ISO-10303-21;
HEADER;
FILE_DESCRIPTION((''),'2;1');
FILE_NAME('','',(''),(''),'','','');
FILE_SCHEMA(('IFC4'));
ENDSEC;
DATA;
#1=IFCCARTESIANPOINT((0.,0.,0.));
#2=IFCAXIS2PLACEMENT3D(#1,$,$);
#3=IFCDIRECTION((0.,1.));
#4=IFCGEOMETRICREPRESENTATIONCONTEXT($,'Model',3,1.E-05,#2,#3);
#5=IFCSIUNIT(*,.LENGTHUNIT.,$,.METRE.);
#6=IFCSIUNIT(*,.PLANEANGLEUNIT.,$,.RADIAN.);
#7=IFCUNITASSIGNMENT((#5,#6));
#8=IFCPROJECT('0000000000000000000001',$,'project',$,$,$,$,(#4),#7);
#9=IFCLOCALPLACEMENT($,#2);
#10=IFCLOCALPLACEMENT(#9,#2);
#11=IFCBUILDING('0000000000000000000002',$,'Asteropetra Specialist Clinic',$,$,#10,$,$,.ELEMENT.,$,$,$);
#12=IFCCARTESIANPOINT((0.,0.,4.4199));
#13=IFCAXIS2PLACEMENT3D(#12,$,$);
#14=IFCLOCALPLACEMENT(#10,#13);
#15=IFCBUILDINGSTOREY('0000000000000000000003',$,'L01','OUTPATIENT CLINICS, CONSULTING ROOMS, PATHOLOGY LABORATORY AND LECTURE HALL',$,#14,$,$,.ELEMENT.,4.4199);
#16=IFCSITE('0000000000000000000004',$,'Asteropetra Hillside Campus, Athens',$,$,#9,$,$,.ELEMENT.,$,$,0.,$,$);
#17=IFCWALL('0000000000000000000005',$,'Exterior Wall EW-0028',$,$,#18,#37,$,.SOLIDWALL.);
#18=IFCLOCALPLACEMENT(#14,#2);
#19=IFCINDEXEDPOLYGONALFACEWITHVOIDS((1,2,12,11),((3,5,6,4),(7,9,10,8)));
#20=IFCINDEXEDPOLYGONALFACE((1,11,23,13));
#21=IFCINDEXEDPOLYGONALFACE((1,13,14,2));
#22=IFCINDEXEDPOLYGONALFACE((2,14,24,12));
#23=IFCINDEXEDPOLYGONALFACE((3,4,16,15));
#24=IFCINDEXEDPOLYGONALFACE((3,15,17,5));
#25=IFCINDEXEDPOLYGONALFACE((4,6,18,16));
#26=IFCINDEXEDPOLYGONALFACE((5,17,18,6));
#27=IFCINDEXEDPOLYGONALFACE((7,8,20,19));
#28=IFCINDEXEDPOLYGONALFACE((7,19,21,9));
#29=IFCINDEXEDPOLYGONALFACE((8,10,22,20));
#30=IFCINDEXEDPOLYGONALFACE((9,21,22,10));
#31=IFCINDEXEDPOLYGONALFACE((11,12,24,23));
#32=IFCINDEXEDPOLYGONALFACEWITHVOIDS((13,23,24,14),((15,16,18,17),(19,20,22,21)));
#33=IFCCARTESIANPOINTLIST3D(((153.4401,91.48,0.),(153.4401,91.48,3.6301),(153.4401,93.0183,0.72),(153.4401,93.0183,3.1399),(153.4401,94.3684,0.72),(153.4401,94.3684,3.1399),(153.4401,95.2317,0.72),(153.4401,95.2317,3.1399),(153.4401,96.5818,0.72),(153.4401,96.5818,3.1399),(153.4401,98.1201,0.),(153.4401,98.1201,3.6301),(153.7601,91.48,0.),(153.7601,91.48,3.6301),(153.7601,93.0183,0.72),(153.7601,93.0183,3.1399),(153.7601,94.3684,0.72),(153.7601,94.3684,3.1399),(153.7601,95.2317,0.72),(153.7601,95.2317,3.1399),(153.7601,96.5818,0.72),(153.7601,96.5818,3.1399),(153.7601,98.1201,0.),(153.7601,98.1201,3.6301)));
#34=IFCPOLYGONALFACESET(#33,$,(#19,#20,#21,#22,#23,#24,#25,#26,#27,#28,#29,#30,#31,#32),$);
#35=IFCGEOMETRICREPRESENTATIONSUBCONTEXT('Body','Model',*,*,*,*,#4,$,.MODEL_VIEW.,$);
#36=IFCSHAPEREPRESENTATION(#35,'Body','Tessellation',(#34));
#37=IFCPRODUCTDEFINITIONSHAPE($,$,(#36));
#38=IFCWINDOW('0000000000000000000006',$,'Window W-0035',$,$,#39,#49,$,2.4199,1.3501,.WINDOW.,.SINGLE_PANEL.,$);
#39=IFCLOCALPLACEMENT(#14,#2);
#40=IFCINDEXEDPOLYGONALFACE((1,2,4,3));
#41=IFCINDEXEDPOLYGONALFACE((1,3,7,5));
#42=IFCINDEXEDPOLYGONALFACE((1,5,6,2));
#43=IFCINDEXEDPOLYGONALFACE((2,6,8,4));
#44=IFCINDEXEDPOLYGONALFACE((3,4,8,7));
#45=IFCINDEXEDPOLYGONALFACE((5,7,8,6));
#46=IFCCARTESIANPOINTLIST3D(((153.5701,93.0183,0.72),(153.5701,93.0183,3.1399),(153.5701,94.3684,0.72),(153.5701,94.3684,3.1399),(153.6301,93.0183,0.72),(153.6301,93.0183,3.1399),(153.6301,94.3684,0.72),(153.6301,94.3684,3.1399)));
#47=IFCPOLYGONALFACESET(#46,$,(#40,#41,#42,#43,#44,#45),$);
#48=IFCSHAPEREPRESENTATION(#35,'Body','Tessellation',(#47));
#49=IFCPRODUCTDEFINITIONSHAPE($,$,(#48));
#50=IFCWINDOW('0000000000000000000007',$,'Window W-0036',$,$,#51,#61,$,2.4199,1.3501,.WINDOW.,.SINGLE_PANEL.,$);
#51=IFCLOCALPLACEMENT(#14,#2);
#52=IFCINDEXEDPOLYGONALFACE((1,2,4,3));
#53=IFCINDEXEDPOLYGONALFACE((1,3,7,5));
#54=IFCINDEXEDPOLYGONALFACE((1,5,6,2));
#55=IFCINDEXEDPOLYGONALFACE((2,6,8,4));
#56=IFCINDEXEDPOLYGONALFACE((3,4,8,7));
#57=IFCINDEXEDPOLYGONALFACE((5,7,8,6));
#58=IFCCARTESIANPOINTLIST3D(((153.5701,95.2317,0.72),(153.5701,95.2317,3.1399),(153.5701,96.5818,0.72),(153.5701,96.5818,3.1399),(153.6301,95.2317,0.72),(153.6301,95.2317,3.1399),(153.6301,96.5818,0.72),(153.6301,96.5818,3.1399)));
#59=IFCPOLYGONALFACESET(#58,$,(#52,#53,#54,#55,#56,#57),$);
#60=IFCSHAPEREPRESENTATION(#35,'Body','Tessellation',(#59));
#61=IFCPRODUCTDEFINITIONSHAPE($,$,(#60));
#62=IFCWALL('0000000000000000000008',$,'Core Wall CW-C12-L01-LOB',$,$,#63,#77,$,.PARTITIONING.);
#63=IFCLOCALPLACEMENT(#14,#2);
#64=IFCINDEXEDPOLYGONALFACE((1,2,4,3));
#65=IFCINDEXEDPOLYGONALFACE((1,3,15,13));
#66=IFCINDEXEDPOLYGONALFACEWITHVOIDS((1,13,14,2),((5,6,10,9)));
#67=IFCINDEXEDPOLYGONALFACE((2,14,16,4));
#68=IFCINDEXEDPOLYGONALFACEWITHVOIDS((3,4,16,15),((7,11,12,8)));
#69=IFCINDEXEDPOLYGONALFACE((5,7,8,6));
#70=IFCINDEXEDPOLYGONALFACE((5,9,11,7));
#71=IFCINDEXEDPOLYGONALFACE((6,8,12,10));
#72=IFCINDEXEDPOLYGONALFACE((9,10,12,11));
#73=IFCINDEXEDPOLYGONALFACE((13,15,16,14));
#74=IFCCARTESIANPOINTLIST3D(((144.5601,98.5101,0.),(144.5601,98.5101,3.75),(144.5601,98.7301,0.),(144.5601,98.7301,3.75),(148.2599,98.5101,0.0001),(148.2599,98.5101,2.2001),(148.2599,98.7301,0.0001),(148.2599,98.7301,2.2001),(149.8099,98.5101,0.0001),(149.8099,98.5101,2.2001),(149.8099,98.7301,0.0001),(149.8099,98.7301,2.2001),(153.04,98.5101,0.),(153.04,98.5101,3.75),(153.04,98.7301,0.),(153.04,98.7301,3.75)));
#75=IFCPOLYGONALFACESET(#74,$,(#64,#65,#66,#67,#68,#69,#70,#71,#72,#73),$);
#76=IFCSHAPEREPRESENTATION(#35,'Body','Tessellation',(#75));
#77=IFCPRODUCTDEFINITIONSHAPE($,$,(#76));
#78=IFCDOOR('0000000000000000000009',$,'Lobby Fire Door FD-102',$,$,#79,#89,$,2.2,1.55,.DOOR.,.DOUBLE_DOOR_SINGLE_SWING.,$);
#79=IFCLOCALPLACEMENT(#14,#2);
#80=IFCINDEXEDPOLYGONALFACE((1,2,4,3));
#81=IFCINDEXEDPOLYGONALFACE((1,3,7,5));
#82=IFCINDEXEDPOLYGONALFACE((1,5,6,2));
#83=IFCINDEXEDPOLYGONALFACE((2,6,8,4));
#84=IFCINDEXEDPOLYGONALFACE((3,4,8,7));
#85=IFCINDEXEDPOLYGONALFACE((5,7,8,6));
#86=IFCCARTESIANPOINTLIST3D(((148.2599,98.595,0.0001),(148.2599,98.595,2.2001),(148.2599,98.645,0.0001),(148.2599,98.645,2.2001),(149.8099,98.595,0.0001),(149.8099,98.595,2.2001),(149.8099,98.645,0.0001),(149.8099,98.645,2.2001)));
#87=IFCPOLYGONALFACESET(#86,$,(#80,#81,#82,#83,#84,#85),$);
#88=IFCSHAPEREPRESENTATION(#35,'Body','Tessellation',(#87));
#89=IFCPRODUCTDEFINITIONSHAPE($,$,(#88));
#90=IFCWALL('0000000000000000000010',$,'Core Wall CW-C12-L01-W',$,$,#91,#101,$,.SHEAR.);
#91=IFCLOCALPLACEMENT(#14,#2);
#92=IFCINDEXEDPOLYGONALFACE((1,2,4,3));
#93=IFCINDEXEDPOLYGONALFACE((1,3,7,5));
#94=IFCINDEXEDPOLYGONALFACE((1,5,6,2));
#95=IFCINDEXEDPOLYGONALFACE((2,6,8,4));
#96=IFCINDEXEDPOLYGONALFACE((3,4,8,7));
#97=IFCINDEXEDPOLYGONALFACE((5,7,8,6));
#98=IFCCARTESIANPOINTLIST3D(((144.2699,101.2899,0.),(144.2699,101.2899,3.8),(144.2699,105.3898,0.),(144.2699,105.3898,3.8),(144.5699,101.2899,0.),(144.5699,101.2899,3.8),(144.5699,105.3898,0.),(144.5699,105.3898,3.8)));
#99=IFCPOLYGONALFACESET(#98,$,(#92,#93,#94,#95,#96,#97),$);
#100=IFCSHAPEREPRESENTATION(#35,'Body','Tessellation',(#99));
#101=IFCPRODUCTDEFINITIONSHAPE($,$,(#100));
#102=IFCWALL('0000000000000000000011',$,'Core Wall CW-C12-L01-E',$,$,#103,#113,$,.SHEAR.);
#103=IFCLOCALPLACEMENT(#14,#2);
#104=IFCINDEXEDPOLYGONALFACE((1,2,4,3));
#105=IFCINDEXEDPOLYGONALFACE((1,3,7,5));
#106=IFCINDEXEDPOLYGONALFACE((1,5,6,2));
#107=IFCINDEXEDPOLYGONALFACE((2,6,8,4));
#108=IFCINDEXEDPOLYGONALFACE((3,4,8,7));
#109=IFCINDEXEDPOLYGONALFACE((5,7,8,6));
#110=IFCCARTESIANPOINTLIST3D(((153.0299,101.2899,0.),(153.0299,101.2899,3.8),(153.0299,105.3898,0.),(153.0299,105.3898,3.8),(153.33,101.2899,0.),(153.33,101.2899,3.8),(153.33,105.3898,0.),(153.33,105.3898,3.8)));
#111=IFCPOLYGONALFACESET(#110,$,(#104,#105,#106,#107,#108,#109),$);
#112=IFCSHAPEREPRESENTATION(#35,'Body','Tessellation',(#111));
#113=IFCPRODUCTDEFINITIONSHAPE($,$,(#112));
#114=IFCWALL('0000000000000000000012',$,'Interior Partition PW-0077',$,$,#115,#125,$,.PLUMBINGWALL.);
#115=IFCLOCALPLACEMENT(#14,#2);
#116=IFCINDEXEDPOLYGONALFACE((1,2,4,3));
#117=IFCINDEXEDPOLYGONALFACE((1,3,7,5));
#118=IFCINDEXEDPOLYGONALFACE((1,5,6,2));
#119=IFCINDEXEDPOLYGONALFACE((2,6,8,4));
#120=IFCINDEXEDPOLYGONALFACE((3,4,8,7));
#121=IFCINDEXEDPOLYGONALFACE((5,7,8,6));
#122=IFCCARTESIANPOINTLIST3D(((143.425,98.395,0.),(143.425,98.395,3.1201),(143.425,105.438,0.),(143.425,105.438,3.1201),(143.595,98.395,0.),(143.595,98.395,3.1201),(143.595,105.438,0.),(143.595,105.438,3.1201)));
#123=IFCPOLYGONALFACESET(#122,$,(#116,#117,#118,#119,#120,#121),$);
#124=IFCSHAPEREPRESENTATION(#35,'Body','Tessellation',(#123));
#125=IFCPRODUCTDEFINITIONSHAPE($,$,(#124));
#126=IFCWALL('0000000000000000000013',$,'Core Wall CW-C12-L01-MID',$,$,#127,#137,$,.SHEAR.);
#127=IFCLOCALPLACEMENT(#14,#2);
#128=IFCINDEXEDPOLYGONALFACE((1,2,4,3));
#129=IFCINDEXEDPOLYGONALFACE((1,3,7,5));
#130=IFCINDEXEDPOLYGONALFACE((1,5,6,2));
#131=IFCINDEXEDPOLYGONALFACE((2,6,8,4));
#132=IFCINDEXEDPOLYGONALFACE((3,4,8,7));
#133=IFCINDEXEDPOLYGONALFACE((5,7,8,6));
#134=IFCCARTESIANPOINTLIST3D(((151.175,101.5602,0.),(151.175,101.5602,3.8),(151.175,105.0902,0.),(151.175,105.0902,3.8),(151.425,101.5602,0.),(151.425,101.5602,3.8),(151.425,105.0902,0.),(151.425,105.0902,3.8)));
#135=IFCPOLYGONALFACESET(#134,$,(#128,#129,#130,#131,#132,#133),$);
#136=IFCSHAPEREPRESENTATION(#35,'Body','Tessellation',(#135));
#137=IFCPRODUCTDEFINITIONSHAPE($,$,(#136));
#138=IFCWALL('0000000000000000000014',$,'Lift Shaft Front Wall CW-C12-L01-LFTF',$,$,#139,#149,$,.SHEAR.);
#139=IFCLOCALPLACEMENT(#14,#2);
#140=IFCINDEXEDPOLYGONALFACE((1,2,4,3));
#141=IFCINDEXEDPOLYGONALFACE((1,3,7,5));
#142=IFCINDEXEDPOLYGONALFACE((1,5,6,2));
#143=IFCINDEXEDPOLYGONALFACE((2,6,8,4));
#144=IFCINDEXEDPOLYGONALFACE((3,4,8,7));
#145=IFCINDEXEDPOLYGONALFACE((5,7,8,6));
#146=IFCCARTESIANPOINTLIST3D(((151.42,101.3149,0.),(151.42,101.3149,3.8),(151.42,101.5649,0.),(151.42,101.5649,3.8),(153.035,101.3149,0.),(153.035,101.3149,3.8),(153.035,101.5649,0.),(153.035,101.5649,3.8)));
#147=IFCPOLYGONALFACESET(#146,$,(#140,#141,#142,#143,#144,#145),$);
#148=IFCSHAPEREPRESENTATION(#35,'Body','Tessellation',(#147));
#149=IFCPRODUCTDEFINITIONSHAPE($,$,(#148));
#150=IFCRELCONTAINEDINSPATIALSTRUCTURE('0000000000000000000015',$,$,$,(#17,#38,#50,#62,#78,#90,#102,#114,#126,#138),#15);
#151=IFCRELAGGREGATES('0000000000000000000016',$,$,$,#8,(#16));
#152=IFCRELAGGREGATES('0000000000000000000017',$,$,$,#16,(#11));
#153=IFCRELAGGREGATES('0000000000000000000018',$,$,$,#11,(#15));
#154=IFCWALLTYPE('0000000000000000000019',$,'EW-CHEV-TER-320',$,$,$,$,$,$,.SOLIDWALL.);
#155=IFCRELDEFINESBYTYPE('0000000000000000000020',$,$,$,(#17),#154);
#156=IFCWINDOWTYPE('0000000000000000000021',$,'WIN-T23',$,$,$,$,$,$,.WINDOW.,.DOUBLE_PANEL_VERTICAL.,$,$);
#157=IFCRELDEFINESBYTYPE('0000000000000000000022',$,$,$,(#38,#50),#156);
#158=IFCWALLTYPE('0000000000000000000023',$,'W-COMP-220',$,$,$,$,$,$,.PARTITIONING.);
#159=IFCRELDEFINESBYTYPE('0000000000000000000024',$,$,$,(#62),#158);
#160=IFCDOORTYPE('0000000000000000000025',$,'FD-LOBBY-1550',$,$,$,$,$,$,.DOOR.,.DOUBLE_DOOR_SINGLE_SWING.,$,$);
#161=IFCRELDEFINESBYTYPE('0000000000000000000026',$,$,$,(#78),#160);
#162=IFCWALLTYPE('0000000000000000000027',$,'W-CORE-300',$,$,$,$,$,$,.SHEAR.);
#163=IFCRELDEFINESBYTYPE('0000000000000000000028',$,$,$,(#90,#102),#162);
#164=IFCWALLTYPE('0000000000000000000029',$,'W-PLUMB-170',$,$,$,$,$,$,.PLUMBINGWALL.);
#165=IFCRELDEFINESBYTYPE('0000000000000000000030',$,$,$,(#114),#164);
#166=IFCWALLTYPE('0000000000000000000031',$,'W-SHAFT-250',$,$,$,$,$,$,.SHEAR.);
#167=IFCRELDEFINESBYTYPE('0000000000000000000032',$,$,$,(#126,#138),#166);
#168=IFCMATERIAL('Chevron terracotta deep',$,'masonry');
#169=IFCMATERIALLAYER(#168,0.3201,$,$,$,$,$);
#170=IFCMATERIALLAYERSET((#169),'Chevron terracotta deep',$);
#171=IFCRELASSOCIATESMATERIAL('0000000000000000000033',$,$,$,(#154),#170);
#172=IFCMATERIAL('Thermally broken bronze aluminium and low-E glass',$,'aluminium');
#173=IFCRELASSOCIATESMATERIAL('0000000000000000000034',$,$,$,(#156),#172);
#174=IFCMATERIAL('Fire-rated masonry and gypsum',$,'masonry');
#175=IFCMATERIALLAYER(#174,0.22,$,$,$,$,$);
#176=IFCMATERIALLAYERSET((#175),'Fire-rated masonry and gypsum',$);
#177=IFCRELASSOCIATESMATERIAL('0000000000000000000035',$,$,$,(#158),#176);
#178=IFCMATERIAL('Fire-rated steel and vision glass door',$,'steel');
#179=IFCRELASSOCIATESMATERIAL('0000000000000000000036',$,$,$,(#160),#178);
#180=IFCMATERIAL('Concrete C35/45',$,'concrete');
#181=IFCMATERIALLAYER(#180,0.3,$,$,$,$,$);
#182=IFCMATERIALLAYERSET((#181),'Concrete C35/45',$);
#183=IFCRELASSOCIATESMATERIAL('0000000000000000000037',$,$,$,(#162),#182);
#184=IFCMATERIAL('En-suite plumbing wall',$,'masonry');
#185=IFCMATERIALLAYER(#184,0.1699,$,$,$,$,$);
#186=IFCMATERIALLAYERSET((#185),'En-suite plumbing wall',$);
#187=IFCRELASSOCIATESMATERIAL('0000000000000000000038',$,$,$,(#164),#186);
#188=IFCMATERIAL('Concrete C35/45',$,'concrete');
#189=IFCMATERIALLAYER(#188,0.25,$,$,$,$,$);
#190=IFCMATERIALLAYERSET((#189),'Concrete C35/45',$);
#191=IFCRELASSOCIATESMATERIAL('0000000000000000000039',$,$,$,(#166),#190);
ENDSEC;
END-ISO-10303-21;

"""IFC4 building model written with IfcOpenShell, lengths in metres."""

from ifc_helpers import new_model, si_unit, direction, frame, frame_2d, origin, place, context, subcontext, project, spatial, rectangle, extrude, material, layer, layer_set, type_object, element, fill, save


model = new_model("IFC4")

# Units and contexts
model_context = context("Model", 3, precision=1e-05, world=origin(), true_north=direction((0.0, 1.0)))
body_context = subcontext(model_context, "Body", "Model", "MODEL_VIEW")
ifc_project = project(units=[si_unit("LENGTHUNIT", "METRE"), si_unit("PLANEANGLEUNIT", "RADIAN")], contexts=[model_context])

# Site, building, storey
site_placement = place(None, origin())
site = spatial("IfcSite", under=ifc_project, at=site_placement, Name="Asteropetra Hillside Campus, Athens", CompositionType="ELEMENT", RefElevation=0.0)
building_placement = place(site_placement, origin())
building = spatial("IfcBuilding", under=site, at=building_placement, Name="Asteropetra Specialist Clinic", CompositionType="ELEMENT")
storey_placement = place(building_placement, frame((0.0, 0.0, 4.4199)))
storey = spatial("IfcBuildingStorey", under=building, at=storey_placement, Name="L01", Description="OUTPATIENT CLINICS, CONSULTING ROOMS, PATHOLOGY LABORATORY AND LECTURE HALL", CompositionType="ELEMENT", Elevation=4.4199)

# Wall, openings, windows
ifc_material_1 = material(Name="Chevron terracotta deep", Category="masonry")
ifc_layer_1 = layer(ifc_material_1, 0.3201)
ifc_layer_set_1 = layer_set([ifc_layer_1], Name="Chevron terracotta deep")
wall_type_1 = type_object("IfcWallType", Name="EW-CHEV-TER-320", PredefinedType="SOLIDWALL", material=ifc_layer_set_1)
ifc_material_2 = material(Name="Thermally broken bronze aluminium and low-E glass", Category="aluminium")
window_type = type_object("IfcWindowType", Name="WIN-T23", PartitioningType="DOUBLE_PANEL_VERTICAL", PredefinedType="WINDOW", material=ifc_material_2)
wall_1_placement = place(storey_placement, frame((153.6001, 91.48, 0.0), z_axis=(0.0, 0.0, 1.0), x_axis=(0.0, 1.0, 0.0)))
wall_1 = element("IfcWall", 1, at=wall_1_placement, inside=storey, type_object=wall_type_1, Name="Exterior Wall EW-0028", PredefinedType="SOLIDWALL", context=body_context, shape_type="SweptSolid", body=[
    extrude(rectangle(XDim=6.6401, YDim=0.3201, at=frame_2d((3.3201, 0.0))), origin(), (0.0, 0.0, 1.0), 3.6301),
])
opening_1_placement = place(wall_1_placement, frame((1.5383, 0.0, 0.72)))
opening_1 = element("IfcOpeningElement", 2, at=opening_1_placement, cuts=wall_1, PredefinedType="OPENING", context=body_context, shape_type="SweptSolid", body=[
    extrude(rectangle(XDim=1.3501, YDim=2.4199, at=frame_2d((0.675, 1.21))), frame((0.0, 0.1699, 0.0), z_axis=(0.0, -1.0, 0.0), x_axis=(1.0, 0.0, 0.0)), (0.0, 0.0, 1.0), 0.3401),
])
opening_2_placement = place(wall_1_placement, frame((3.7517, 0.0, 0.72)))
opening_2 = element("IfcOpeningElement", 3, at=opening_2_placement, cuts=wall_1, PredefinedType="OPENING", context=body_context, shape_type="SweptSolid", body=[
    extrude(rectangle(XDim=1.3501, YDim=2.4199, at=frame_2d((0.675, 1.21))), frame((0.0, 0.1699, 0.0), z_axis=(0.0, -1.0, 0.0), x_axis=(1.0, 0.0, 0.0)), (0.0, 0.0, 1.0), 0.3401),
])
window_1_placement = place(opening_1_placement, origin())
window_1 = element("IfcWindow", 4, at=window_1_placement, inside=storey, type_object=window_type, Name="Window W-0035", OverallHeight=2.4199, OverallWidth=1.3501, PartitioningType="SINGLE_PANEL", PredefinedType="WINDOW", context=body_context, shape_type="SweptSolid", body=[
    extrude(rectangle(XDim=1.3501, YDim=2.4199, at=frame_2d((0.675, 1.21))), frame((0.0, 0.03, 0.0), z_axis=(0.0, -1.0, 0.0), x_axis=(1.0, 0.0, 0.0)), (0.0, 0.0, 1.0), 0.0601),
])
fill(opening_1, window_1)
window_2_placement = place(opening_2_placement, origin())
window_2 = element("IfcWindow", 5, at=window_2_placement, inside=storey, type_object=window_type, Name="Window W-0036", OverallHeight=2.4199, OverallWidth=1.3501, PartitioningType="SINGLE_PANEL", PredefinedType="WINDOW", context=body_context, shape_type="SweptSolid", body=[
    extrude(rectangle(XDim=1.3501, YDim=2.4199, at=frame_2d((0.675, 1.21))), frame((0.0, 0.03, 0.0), z_axis=(0.0, -1.0, 0.0), x_axis=(1.0, 0.0, 0.0)), (0.0, 0.0, 1.0), 0.0601),
])
fill(opening_2, window_2)

# Wall, opening, door
ifc_material_3 = material(Name="Fire-rated masonry and gypsum", Category="masonry")
ifc_layer_2 = layer(ifc_material_3, 0.22)
ifc_layer_set_2 = layer_set([ifc_layer_2], Name="Fire-rated masonry and gypsum")
wall_type_2 = type_object("IfcWallType", Name="W-COMP-220", PredefinedType="PARTITIONING", material=ifc_layer_set_2)
wall_2_placement = place(storey_placement, frame((144.5601, 98.6201, 0.0), z_axis=(0.0, 0.0, 1.0), x_axis=(1.0, 0.0, 0.0)))
wall_2 = element("IfcWall", 6, at=wall_2_placement, inside=storey, type_object=wall_type_2, Name="Core Wall CW-C12-L01-LOB", PredefinedType="PARTITIONING", context=body_context, shape_type="SweptSolid", body=[
    extrude(rectangle(XDim=8.48, YDim=0.22, at=frame_2d((4.24, 0.0))), origin(), (0.0, 0.0, 1.0), 3.75),
])
opening_3_placement = place(wall_2_placement, frame((3.7, 0.0, 0.0)))
opening_3 = element("IfcOpeningElement", 7, at=opening_3_placement, cuts=wall_2, PredefinedType="OPENING", context=body_context, shape_type="SweptSolid", body=[
    extrude(rectangle(XDim=1.55, YDim=2.2, at=frame_2d((0.7749, 1.1001))), frame((0.0, 0.1199, 0.0), z_axis=(0.0, -1.0, 0.0), x_axis=(1.0, 0.0, 0.0)), (0.0, 0.0, 1.0), 0.24),
])
ifc_material_4 = material(Name="Fire-rated steel and vision glass door", Category="steel")
door_type_1 = type_object("IfcDoorType", Name="FD-LOBBY-1550", OperationType="DOUBLE_DOOR_SINGLE_SWING", PredefinedType="DOOR", material=ifc_material_4)
door_1_placement = place(opening_3_placement, origin())
door_1 = element("IfcDoor", 8, at=door_1_placement, inside=storey, type_object=door_type_1, Name="Lobby Fire Door FD-102", OperationType="DOUBLE_DOOR_SINGLE_SWING", OverallHeight=2.2, OverallWidth=1.55, PredefinedType="DOOR", context=body_context, shape_type="SweptSolid", body=[
    extrude(rectangle(XDim=1.55, YDim=2.2, at=frame_2d((0.7749, 1.1001))), frame((0.0, 0.0249, 0.0), z_axis=(0.0, -1.0, 0.0), x_axis=(1.0, 0.0, 0.0)), (0.0, 0.0, 1.0), 0.05),
])
fill(opening_3, door_1)

# Walls
ifc_material_5 = material(Name="Concrete C35/45", Category="concrete")
ifc_layer_3 = layer(ifc_material_5, 0.3)
ifc_layer_set_3 = layer_set([ifc_layer_3], Name="Concrete C35/45")
wall_type_3 = type_object("IfcWallType", Name="W-CORE-300", PredefinedType="SHEAR", material=ifc_layer_set_3)
for number, where, z_axis, x_axis, name in (
    (9, (144.4199, 101.29, 0.0), (0.0, 0.0, 1.0), (0.0, 1.0, 0.0), "Core Wall CW-C12-L01-W"),
    (10, (153.1799, 101.29, 0.0), (0.0, 0.0, 1.0), (0.0, 1.0, 0.0), "Core Wall CW-C12-L01-E"),
):
    element("IfcWall", number, at=place(storey_placement, frame(where, z_axis=z_axis, x_axis=x_axis)), inside=storey, type_object=wall_type_3, Name=name, PredefinedType="SHEAR", context=body_context, shape_type="SweptSolid", body=[
        extrude(rectangle(XDim=4.0999, YDim=0.3, at=frame_2d((2.0498, 0.0))), origin(), (0.0, 0.0, 1.0), 3.8),
    ])
ifc_material_6 = material(Name="En-suite plumbing wall", Category="masonry")
ifc_layer_4 = layer(ifc_material_6, 0.1699)
ifc_layer_set_4 = layer_set([ifc_layer_4], Name="En-suite plumbing wall")
wall_type_4 = type_object("IfcWallType", Name="W-PLUMB-170", PredefinedType="PLUMBINGWALL", material=ifc_layer_set_4)
wall_3_placement = place(storey_placement, frame((143.51, 98.395, 0.0), z_axis=(0.0, 0.0, 1.0), x_axis=(0.0, 1.0, 0.0)))
element("IfcWall", 11, at=wall_3_placement, inside=storey, type_object=wall_type_4, Name="Interior Partition PW-0077", PredefinedType="PLUMBINGWALL", context=body_context, shape_type="SweptSolid", body=[
    extrude(rectangle(XDim=7.043, YDim=0.1699, at=frame_2d((3.5215, 0.0))), origin(), (0.0, 0.0, 1.0), 3.1201),
])
ifc_material_7 = material(Name="Concrete C35/45", Category="concrete")
ifc_layer_5 = layer(ifc_material_7, 0.25)
ifc_layer_set_5 = layer_set([ifc_layer_5], Name="Concrete C35/45")
wall_type_5 = type_object("IfcWallType", Name="W-SHAFT-250", PredefinedType="SHEAR", material=ifc_layer_set_5)
wall_4_placement = place(storey_placement, frame((151.3, 101.5601, 0.0), z_axis=(0.0, 0.0, 1.0), x_axis=(0.0, 1.0, 0.0)))
element("IfcWall", 12, at=wall_4_placement, inside=storey, type_object=wall_type_5, Name="Core Wall CW-C12-L01-MID", PredefinedType="SHEAR", context=body_context, shape_type="SweptSolid", body=[
    extrude(rectangle(XDim=3.53, YDim=0.25, at=frame_2d((1.7651, 0.0))), origin(), (0.0, 0.0, 1.0), 3.8),
])

# Wall
wall_5_placement = place(storey_placement, frame((151.4199, 101.4399, 0.0), z_axis=(0.0, 0.0, 1.0), x_axis=(1.0, 0.0, 0.0)))
element("IfcWall", 13, at=wall_5_placement, inside=storey, type_object=wall_type_5, Name="Lift Shaft Front Wall CW-C12-L01-LFTF", PredefinedType="SHEAR", context=body_context, shape_type="SweptSolid", body=[
    extrude(rectangle(XDim=1.615, YDim=0.25, at=frame_2d((0.8076, 0.0))), origin(), (0.0, 0.0, 1.0), 3.8),
])

save(model, "model.ifc")
